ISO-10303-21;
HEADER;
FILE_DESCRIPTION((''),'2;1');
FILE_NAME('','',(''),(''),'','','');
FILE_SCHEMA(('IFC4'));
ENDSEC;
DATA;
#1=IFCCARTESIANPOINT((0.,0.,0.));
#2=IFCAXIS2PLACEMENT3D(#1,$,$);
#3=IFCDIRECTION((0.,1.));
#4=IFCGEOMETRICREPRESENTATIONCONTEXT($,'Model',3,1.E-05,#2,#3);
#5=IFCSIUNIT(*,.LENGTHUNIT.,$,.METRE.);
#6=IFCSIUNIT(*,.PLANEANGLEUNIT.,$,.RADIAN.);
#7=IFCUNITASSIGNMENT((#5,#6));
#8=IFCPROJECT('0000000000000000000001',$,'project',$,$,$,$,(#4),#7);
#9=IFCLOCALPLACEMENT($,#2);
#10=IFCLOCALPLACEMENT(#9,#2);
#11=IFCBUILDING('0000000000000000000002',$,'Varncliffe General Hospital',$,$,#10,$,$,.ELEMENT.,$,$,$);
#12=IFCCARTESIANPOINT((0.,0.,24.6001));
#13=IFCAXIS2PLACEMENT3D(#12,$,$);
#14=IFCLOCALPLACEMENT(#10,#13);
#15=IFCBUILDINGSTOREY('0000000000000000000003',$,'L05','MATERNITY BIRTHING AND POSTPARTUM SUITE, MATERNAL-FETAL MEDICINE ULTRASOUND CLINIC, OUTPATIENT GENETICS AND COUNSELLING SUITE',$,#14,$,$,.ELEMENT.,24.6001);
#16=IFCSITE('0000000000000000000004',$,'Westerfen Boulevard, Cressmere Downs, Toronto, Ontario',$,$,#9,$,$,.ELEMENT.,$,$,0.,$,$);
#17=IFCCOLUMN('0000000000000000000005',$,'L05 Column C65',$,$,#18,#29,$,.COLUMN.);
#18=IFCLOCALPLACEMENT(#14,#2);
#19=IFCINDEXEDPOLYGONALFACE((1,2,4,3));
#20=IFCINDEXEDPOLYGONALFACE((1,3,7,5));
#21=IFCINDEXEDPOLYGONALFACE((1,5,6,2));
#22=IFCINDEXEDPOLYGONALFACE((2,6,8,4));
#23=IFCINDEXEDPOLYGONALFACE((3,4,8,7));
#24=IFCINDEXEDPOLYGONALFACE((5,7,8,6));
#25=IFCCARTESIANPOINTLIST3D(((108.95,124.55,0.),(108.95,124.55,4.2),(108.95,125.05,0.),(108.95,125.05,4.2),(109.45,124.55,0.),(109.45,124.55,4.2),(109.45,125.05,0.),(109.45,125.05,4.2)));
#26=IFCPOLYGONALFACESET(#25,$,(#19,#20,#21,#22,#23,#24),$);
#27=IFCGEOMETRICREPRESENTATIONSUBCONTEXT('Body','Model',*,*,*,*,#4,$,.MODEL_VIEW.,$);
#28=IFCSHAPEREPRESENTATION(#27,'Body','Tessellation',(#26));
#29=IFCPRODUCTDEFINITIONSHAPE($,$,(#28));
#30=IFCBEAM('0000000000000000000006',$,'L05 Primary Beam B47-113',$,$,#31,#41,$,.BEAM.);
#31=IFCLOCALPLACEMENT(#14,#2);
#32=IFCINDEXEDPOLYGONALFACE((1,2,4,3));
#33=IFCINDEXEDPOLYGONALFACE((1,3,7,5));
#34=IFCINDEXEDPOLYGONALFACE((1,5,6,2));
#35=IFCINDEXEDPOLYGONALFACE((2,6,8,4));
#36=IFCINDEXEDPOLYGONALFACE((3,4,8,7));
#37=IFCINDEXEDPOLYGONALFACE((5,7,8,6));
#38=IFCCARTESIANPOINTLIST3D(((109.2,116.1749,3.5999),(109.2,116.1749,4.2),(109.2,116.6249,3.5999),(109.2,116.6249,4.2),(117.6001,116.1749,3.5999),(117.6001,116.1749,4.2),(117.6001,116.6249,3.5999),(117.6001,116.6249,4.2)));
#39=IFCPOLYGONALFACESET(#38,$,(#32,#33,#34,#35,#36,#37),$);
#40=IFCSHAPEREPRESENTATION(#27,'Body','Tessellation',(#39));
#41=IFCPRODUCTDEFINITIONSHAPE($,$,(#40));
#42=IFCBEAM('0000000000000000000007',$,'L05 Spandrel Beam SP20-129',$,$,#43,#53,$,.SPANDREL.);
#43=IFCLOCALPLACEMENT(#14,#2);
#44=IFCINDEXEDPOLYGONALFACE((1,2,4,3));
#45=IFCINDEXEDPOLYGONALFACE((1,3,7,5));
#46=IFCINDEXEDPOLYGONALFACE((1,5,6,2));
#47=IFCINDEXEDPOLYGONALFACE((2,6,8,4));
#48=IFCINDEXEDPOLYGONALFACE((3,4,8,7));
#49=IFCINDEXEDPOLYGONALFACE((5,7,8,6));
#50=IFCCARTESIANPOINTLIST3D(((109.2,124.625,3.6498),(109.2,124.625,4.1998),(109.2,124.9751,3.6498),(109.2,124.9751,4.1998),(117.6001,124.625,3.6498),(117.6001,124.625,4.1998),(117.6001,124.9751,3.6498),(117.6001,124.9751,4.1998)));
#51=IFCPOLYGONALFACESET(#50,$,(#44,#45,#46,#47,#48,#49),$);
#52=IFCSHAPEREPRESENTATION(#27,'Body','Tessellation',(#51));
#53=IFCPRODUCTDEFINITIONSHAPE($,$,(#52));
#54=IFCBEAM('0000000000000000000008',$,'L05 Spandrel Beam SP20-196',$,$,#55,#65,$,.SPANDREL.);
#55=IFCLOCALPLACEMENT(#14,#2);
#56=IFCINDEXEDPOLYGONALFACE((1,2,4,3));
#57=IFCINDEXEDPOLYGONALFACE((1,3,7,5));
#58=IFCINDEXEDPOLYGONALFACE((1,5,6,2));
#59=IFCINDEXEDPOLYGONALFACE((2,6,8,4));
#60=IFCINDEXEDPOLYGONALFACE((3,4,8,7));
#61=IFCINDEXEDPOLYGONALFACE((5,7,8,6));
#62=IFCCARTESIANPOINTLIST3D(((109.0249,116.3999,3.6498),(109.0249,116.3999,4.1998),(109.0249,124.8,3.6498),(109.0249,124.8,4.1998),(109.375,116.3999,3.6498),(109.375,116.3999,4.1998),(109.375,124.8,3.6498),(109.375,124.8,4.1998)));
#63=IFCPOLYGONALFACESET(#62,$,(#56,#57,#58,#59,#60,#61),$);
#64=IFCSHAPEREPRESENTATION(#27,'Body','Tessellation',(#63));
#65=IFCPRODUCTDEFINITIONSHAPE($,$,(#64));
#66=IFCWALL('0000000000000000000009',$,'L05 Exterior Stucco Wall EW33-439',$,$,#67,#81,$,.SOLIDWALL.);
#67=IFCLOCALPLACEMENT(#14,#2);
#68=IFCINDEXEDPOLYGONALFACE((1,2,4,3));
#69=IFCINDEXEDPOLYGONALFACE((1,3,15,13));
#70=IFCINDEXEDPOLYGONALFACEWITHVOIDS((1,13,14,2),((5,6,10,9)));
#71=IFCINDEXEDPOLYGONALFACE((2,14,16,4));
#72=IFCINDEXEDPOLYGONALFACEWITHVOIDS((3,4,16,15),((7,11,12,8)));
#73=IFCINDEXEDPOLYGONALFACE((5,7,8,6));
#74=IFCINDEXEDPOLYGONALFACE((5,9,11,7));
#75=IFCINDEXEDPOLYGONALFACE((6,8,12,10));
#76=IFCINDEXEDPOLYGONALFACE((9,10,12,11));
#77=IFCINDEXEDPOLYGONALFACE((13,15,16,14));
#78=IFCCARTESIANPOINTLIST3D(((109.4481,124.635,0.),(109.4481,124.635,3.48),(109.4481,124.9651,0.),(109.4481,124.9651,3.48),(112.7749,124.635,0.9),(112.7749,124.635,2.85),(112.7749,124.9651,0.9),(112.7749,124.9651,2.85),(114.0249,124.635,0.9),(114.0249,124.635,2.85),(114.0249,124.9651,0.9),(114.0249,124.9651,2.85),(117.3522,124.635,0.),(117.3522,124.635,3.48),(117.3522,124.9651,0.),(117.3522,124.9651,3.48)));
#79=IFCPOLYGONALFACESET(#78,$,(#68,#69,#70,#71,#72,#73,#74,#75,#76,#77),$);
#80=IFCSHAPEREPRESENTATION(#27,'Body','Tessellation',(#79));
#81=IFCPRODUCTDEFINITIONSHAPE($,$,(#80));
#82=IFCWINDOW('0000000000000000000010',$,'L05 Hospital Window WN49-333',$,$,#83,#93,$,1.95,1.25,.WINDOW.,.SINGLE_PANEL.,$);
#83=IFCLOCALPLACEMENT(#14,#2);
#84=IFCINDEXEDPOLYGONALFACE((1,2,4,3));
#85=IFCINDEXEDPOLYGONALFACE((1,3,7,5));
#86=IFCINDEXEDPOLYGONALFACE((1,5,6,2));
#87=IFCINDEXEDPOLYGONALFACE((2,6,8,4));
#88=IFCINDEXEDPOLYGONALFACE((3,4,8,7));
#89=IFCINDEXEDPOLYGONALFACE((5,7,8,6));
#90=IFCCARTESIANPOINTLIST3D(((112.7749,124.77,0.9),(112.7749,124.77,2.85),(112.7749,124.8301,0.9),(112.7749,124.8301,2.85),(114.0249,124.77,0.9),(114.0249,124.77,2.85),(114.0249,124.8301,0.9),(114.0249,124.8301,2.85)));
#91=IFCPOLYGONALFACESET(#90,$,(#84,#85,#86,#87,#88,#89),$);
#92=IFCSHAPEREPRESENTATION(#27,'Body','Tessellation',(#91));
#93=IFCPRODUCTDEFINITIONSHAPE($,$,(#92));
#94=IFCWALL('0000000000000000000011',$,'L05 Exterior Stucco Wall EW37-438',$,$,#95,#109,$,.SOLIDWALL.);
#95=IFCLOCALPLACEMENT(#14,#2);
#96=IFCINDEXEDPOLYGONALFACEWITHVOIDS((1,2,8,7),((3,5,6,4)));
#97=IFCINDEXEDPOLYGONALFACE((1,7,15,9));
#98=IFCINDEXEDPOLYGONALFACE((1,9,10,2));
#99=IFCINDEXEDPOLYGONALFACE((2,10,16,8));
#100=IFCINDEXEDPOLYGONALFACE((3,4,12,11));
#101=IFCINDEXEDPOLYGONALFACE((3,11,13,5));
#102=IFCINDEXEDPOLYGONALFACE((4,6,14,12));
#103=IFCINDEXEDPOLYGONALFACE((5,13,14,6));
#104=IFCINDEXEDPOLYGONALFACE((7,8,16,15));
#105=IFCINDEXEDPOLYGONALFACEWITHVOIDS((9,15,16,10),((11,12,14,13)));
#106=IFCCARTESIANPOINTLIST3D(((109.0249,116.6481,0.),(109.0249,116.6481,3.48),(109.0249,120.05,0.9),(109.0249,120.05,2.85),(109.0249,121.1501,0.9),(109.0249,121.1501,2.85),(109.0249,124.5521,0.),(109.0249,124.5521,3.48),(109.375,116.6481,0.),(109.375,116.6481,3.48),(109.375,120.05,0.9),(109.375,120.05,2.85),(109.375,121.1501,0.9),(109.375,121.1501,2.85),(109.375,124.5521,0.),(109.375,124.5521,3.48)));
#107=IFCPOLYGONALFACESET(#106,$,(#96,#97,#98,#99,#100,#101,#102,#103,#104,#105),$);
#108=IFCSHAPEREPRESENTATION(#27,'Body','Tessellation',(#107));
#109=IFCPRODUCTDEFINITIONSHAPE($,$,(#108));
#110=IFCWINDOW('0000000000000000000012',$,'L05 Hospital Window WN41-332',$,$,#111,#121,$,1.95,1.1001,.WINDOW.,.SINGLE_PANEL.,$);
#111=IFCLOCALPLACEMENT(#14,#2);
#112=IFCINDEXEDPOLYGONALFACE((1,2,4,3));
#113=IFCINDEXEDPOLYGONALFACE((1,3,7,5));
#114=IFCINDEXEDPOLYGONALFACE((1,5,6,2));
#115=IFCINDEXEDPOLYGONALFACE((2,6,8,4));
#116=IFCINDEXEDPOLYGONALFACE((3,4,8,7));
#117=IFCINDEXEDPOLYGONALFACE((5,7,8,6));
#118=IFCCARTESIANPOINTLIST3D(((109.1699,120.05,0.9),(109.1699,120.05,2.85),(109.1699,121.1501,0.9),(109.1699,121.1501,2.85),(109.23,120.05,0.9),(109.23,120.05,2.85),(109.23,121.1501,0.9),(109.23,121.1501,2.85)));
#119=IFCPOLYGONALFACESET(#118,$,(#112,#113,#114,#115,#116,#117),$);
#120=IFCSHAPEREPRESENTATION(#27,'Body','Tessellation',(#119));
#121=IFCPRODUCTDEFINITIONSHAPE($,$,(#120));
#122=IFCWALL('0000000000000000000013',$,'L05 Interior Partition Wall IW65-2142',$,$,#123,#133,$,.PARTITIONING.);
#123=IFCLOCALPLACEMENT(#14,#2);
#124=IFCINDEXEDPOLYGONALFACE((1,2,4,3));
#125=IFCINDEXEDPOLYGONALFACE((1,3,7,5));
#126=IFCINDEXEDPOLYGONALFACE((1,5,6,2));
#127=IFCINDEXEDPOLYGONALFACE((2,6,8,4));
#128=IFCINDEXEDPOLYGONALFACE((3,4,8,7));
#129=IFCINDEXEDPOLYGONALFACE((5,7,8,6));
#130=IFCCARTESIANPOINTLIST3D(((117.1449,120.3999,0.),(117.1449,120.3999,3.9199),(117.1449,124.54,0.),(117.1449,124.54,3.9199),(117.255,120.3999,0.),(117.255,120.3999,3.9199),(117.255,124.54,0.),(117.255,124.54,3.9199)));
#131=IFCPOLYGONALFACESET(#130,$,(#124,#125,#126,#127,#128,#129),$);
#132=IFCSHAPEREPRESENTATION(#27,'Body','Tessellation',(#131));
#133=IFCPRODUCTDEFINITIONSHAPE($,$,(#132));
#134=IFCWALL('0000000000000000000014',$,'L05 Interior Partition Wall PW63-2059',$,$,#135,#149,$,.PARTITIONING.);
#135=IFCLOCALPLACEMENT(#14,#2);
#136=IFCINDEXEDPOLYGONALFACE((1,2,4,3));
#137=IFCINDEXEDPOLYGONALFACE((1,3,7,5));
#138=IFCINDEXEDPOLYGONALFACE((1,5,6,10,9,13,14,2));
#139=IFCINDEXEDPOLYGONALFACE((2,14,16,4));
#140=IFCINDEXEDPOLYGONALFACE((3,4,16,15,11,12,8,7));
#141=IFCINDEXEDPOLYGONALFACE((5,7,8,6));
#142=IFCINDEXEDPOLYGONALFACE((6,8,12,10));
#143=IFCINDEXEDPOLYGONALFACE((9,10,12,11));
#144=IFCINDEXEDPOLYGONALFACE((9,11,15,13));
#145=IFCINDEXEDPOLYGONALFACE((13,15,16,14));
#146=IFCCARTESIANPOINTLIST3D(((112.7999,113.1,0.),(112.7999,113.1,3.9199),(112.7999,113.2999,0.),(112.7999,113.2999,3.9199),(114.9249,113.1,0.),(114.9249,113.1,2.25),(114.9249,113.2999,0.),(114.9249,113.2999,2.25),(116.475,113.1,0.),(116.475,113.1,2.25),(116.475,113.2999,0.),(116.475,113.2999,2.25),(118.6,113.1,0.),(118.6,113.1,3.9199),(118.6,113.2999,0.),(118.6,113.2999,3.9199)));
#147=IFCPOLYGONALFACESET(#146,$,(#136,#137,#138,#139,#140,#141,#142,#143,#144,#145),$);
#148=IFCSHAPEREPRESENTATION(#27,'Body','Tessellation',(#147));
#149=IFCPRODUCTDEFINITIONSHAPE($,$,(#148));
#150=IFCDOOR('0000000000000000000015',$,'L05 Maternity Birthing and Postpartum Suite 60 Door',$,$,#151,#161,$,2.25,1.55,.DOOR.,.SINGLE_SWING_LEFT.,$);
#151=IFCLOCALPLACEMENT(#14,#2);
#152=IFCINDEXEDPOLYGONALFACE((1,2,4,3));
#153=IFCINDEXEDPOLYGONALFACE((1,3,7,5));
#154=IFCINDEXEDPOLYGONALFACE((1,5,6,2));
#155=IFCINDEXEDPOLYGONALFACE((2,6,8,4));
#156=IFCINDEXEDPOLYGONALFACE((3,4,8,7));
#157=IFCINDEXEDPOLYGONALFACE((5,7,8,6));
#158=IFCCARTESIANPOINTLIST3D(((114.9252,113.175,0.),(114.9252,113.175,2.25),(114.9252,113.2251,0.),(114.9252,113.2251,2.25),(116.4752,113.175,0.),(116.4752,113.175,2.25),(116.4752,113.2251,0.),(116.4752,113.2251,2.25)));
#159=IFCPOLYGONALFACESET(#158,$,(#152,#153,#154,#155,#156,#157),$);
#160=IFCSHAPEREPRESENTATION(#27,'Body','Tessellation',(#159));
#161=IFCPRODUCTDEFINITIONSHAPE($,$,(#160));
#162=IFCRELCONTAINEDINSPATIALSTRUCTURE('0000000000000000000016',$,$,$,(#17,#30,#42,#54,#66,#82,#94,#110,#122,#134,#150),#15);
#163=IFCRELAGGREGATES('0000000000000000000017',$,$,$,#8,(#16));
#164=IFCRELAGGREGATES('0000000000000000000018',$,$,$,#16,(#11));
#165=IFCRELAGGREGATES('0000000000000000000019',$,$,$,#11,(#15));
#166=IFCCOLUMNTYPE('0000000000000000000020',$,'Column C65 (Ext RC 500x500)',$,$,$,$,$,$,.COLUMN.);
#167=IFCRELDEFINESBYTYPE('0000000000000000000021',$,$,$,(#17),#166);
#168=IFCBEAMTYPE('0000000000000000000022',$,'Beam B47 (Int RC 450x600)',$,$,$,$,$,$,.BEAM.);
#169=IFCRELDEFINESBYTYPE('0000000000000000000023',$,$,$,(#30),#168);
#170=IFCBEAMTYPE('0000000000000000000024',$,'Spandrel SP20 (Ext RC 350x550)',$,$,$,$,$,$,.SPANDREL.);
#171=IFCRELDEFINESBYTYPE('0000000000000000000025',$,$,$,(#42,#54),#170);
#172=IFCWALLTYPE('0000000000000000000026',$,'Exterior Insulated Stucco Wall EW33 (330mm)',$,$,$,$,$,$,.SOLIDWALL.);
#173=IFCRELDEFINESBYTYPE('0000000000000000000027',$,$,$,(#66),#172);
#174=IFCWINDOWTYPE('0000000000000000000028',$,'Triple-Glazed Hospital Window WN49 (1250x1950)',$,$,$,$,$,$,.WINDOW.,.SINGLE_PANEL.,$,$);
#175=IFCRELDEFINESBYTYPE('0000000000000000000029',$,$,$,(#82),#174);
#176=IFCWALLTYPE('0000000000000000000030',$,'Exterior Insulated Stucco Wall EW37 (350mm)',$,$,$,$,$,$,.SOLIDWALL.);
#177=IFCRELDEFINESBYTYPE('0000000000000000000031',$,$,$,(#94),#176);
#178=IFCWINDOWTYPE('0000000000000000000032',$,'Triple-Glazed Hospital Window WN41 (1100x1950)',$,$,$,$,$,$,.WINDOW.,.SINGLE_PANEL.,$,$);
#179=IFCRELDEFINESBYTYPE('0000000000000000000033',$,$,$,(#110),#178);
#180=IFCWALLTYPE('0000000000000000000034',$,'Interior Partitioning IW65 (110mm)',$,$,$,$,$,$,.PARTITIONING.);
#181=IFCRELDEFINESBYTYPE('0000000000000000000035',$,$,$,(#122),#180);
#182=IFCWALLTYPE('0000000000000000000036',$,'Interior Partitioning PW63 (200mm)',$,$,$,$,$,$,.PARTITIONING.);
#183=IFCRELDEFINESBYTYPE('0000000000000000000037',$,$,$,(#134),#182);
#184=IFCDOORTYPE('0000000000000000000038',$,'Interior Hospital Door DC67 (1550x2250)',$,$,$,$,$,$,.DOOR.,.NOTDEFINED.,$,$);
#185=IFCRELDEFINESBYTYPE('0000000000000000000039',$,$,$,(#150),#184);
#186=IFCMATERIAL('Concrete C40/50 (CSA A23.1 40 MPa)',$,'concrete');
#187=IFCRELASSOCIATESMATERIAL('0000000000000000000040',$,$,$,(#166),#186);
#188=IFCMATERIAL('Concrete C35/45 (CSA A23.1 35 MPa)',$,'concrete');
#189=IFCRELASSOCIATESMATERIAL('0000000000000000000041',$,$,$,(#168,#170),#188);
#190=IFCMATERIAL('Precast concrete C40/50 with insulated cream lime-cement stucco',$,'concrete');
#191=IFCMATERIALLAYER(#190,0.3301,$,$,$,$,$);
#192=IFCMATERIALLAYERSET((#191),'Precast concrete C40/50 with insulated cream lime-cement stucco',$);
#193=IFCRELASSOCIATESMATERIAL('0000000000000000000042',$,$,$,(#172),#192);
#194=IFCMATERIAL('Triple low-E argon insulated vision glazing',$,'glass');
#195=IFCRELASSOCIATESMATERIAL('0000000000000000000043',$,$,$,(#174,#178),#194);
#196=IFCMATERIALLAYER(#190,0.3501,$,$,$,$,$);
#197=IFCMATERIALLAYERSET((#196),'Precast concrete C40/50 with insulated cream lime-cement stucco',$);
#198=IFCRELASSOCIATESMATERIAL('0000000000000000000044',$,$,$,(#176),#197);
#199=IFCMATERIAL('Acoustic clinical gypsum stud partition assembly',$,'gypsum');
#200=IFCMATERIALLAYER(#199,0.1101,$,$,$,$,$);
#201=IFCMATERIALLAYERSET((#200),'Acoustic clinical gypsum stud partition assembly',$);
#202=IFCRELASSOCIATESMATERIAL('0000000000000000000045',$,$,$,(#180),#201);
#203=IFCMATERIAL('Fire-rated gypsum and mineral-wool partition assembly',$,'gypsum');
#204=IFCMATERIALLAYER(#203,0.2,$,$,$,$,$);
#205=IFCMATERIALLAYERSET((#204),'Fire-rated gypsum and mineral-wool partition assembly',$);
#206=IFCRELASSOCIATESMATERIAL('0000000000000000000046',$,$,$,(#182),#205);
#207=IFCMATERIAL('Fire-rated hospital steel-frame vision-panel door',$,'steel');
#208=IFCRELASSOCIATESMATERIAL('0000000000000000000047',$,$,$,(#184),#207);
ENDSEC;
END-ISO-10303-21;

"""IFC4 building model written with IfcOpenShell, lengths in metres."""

from ifc_helpers import new_model, si_unit, direction, frame, frame_2d, origin, origin_2d, place, context, subcontext, project, spatial, rectangle, extrude, material, layer, layer_set, material_profile, profile_set, type_object, element, fill, save


model = new_model("IFC4")

# Units and contexts
model_context = context("Model", 3, precision=1e-05, world=origin(), true_north=direction((0.0, 1.0)))
body_context = subcontext(model_context, "Body", "Model", "MODEL_VIEW")
ifc_project = project(units=[si_unit("LENGTHUNIT", "METRE"), si_unit("PLANEANGLEUNIT", "RADIAN")], contexts=[model_context])

# Site, building, storey
site_placement = place(None, origin())
site = spatial("IfcSite", under=ifc_project, at=site_placement, Name="Westerfen Boulevard, Cressmere Downs, Toronto, Ontario", CompositionType="ELEMENT", RefElevation=0.0)
building_placement = place(site_placement, origin())
building = spatial("IfcBuilding", under=site, at=building_placement, Name="Varncliffe General Hospital", CompositionType="ELEMENT")
storey_placement = place(building_placement, frame((0.0, 0.0, 24.6001)))
storey = spatial("IfcBuildingStorey", under=building, at=storey_placement, Name="L05", Description="MATERNITY BIRTHING AND POSTPARTUM SUITE, MATERNAL-FETAL MEDICINE ULTRASOUND CLINIC, OUTPATIENT GENETICS AND COUNSELLING SUITE", CompositionType="ELEMENT", Elevation=24.6001)

# Column
ifc_material_1 = material(Name="Concrete C40/50 (CSA A23.1 40 MPa)", Category="concrete")
ifc_material_profile_1 = material_profile(ifc_material_1, rectangle(XDim=0.5, YDim=0.5, at=origin_2d()), Name="RC 500x500")
ifc_profile_set_1 = profile_set([ifc_material_profile_1], Name="Concrete C40/50 (CSA A23.1 40 MPa)")
column_type = type_object("IfcColumnType", Name="Column C65 (Ext RC 500x500)", PredefinedType="COLUMN", material=ifc_profile_set_1)
column_placement = place(storey_placement, frame((109.2, 124.8, 0.0), z_axis=(0.0, 0.0, 1.0), x_axis=(1.0, 0.0, 0.0)))
element("IfcColumn", 1, at=column_placement, inside=storey, type_object=column_type, Name="L05 Column C65", PredefinedType="COLUMN", context=body_context, shape_type="SweptSolid", body=[
    extrude(rectangle(XDim=0.5, YDim=0.5, at=origin_2d()), origin(), (0.0, 0.0, 1.0), 4.2),
])

# Beams
ifc_material_2 = material(Name="Concrete C35/45 (CSA A23.1 35 MPa)", Category="concrete")
ifc_material_profile_2 = material_profile(ifc_material_2, rectangle(XDim=0.45, YDim=0.6001, at=origin_2d()), Name="RC 450x600")
ifc_profile_set_2 = profile_set([ifc_material_profile_2], Name="Concrete C35/45 (CSA A23.1 35 MPa)")
beam_type_1 = type_object("IfcBeamType", Name="Beam B47 (Int RC 450x600)", PredefinedType="BEAM", material=ifc_profile_set_2)
beam_placement = place(storey_placement, frame((109.2, 116.3999, 3.8999), z_axis=(1.0, 0.0, 0.0), x_axis=(0.0, 1.0, 0.0)))
element("IfcBeam", 2, at=beam_placement, inside=storey, type_object=beam_type_1, Name="L05 Primary Beam B47-113", PredefinedType="BEAM", context=body_context, shape_type="SweptSolid", body=[
    extrude(rectangle(XDim=0.45, YDim=0.6001, at=origin_2d()), origin(), (0.0, 0.0, 1.0), 8.4001),
])
ifc_material_profile_3 = material_profile(ifc_material_2, rectangle(XDim=0.3501, YDim=0.55, at=origin_2d()), Name="RC 350x550")
ifc_profile_set_3 = profile_set([ifc_material_profile_3], Name="Concrete C35/45 (CSA A23.1 35 MPa)")
beam_type_2 = type_object("IfcBeamType", Name="Spandrel SP20 (Ext RC 350x550)", PredefinedType="SPANDREL", material=ifc_profile_set_3)
for number, where, z_axis, x_axis, name in (
    (3, (109.2, 124.8, 3.9248), (1.0, 0.0, 0.0), (0.0, 1.0, 0.0), "L05 Spandrel Beam SP20-129"),
    (4, (109.2, 116.3999, 3.9248), (0.0, 1.0, 0.0), (-1.0, 0.0, 0.0), "L05 Spandrel Beam SP20-196"),
):
    element("IfcBeam", number, at=place(storey_placement, frame(where, z_axis=z_axis, x_axis=x_axis)), inside=storey, type_object=beam_type_2, Name=name, PredefinedType="SPANDREL", context=body_context, shape_type="SweptSolid", body=[
        extrude(rectangle(XDim=0.3501, YDim=0.55, at=origin_2d()), origin(), (0.0, 0.0, 1.0), 8.4001),
    ])

# Walls, openings, windows
ifc_material_3 = material(Name="Precast concrete C40/50 with insulated cream lime-cement stucco", Category="concrete")
ifc_layer_1 = layer(ifc_material_3, 0.3301)
ifc_layer_set_1 = layer_set([ifc_layer_1], Name="Precast concrete C40/50 with insulated cream lime-cement stucco")
wall_type_1 = type_object("IfcWallType", Name="Exterior Insulated Stucco Wall EW33 (330mm)", PredefinedType="SOLIDWALL", material=ifc_layer_set_1)
wall_1_placement = place(storey_placement, frame((109.448, 124.8, 0.0), z_axis=(0.0, 0.0, 1.0), x_axis=(1.0, 0.0, 0.0)))
wall_1 = element("IfcWall", 5, at=wall_1_placement, inside=storey, type_object=wall_type_1, Name="L05 Exterior Stucco Wall EW33-439", PredefinedType="SOLIDWALL", context=body_context, shape_type="SweptSolid", body=[
    extrude(rectangle(XDim=7.9041, YDim=0.3301, at=frame_2d((3.9521, 0.0))), origin(), (0.0, 0.0, 1.0), 3.48),
])
opening_1_placement = place(wall_1_placement, frame((3.3269, 0.0, 0.8999)))
opening_1 = element("IfcOpeningElement", 6, at=opening_1_placement, cuts=wall_1, PredefinedType="OPENING", context=body_context, shape_type="SweptSolid", body=[
    extrude(rectangle(XDim=1.25, YDim=1.95, at=frame_2d((0.625, 0.9751))), frame((0.0, 0.175, 0.0), z_axis=(0.0, -1.0, 0.0), x_axis=(1.0, 0.0, 0.0)), (0.0, 0.0, 1.0), 0.3501),
])
ifc_material_4 = material(Name="Triple low-E argon insulated vision glazing", Category="glass")
window_type_1 = type_object("IfcWindowType", Name="Triple-Glazed Hospital Window WN49 (1250x1950)", PartitioningType="SINGLE_PANEL", PredefinedType="WINDOW", material=ifc_material_4)
window_1_placement = place(opening_1_placement, origin())
window_1 = element("IfcWindow", 7, at=window_1_placement, inside=storey, type_object=window_type_1, Name="L05 Hospital Window WN49-333", OverallHeight=1.95, OverallWidth=1.25, PartitioningType="SINGLE_PANEL", PredefinedType="WINDOW", context=body_context, shape_type="SweptSolid", body=[
    extrude(rectangle(XDim=1.25, YDim=1.95, at=frame_2d((0.625, 0.9751))), frame((0.0, 0.03, 0.0), z_axis=(0.0, -1.0, 0.0), x_axis=(1.0, 0.0, 0.0)), (0.0, 0.0, 1.0), 0.0601),
])
fill(opening_1, window_1)
ifc_layer_2 = layer(ifc_material_3, 0.3501)
ifc_layer_set_2 = layer_set([ifc_layer_2], Name="Precast concrete C40/50 with insulated cream lime-cement stucco")
wall_type_2 = type_object("IfcWallType", Name="Exterior Insulated Stucco Wall EW37 (350mm)", PredefinedType="SOLIDWALL", material=ifc_layer_set_2)
wall_2_placement = place(storey_placement, frame((109.2, 116.6479, 0.0), z_axis=(0.0, 0.0, 1.0), x_axis=(0.0, 1.0, 0.0)))
wall_2 = element("IfcWall", 8, at=wall_2_placement, inside=storey, type_object=wall_type_2, Name="L05 Exterior Stucco Wall EW37-438", PredefinedType="SOLIDWALL", context=body_context, shape_type="SweptSolid", body=[
    extrude(rectangle(XDim=7.9041, YDim=0.3501, at=frame_2d((3.9521, 0.0))), origin(), (0.0, 0.0, 1.0), 3.48),
])
opening_2_placement = place(wall_2_placement, frame((3.4021, 0.0, 0.8999)))
opening_2 = element("IfcOpeningElement", 9, at=opening_2_placement, cuts=wall_2, PredefinedType="OPENING", context=body_context, shape_type="SweptSolid", body=[
    extrude(rectangle(XDim=1.1001, YDim=1.95, at=frame_2d((0.55, 0.9751))), frame((0.0, 0.1851, 0.0), z_axis=(0.0, -1.0, 0.0), x_axis=(1.0, 0.0, 0.0)), (0.0, 0.0, 1.0), 0.3701),
])
window_type_2 = type_object("IfcWindowType", Name="Triple-Glazed Hospital Window WN41 (1100x1950)", PartitioningType="SINGLE_PANEL", PredefinedType="WINDOW", material=ifc_material_4)
window_2_placement = place(opening_2_placement, origin())
window_2 = element("IfcWindow", 10, at=window_2_placement, inside=storey, type_object=window_type_2, Name="L05 Hospital Window WN41-332", OverallHeight=1.95, OverallWidth=1.1001, PartitioningType="SINGLE_PANEL", PredefinedType="WINDOW", context=body_context, shape_type="SweptSolid", body=[
    extrude(rectangle(XDim=1.1001, YDim=1.95, at=frame_2d((0.55, 0.9751))), frame((0.0, 0.03, 0.0), z_axis=(0.0, -1.0, 0.0), x_axis=(1.0, 0.0, 0.0)), (0.0, 0.0, 1.0), 0.0601),
])
fill(opening_2, window_2)

# Wall
ifc_material_5 = material(Name="Acoustic clinical gypsum stud partition assembly", Category="gypsum")
ifc_layer_3 = layer(ifc_material_5, 0.1101)
ifc_layer_set_3 = layer_set([ifc_layer_3], Name="Acoustic clinical gypsum stud partition assembly")
wall_type_3 = type_object("IfcWallType", Name="Interior Partitioning IW65 (110mm)", PredefinedType="PARTITIONING", material=ifc_layer_set_3)
wall_3_placement = place(storey_placement, frame((117.2, 120.3999, 0.0), z_axis=(0.0, 0.0, 1.0), x_axis=(0.0, 1.0, 0.0)))
element("IfcWall", 11, at=wall_3_placement, inside=storey, type_object=wall_type_3, Name="L05 Interior Partition Wall IW65-2142", PredefinedType="PARTITIONING", context=body_context, shape_type="SweptSolid", body=[
    extrude(rectangle(XDim=4.1401, YDim=0.1101, at=frame_2d((2.0701, 0.0))), origin(), (0.0, 0.0, 1.0), 3.9199),
])

# Wall, opening, door
ifc_material_6 = material(Name="Fire-rated gypsum and mineral-wool partition assembly", Category="gypsum")
ifc_layer_4 = layer(ifc_material_6, 0.2)
ifc_layer_set_4 = layer_set([ifc_layer_4], Name="Fire-rated gypsum and mineral-wool partition assembly")
wall_type_4 = type_object("IfcWallType", Name="Interior Partitioning PW63 (200mm)", PredefinedType="PARTITIONING", material=ifc_layer_set_4)
wall_4_placement = place(storey_placement, frame((112.8, 113.2, 0.0), z_axis=(0.0, 0.0, 1.0), x_axis=(1.0, 0.0, 0.0)))
wall_4 = element("IfcWall", 12, at=wall_4_placement, inside=storey, type_object=wall_type_4, Name="L05 Interior Partition Wall PW63-2059", PredefinedType="PARTITIONING", context=body_context, shape_type="SweptSolid", body=[
    extrude(rectangle(XDim=5.8, YDim=0.2, at=frame_2d((2.8999, 0.0))), origin(), (0.0, 0.0, 1.0), 3.9199),
])
opening_3_placement = place(wall_4_placement, frame((2.125, 0.0, 0.0)))
opening_3 = element("IfcOpeningElement", 13, at=opening_3_placement, cuts=wall_4, PredefinedType="OPENING", context=body_context, shape_type="SweptSolid", body=[
    extrude(rectangle(XDim=1.55, YDim=2.25, at=frame_2d((0.7749, 1.125))), frame((0.0, 0.1099, 0.0), z_axis=(0.0, -1.0, 0.0), x_axis=(1.0, 0.0, 0.0)), (0.0, 0.0, 1.0), 0.22),
])
ifc_material_7 = material(Name="Fire-rated hospital steel-frame vision-panel door", Category="steel")
door_type_1 = type_object("IfcDoorType", Name="Interior Hospital Door DC67 (1550x2250)", OperationType="NOTDEFINED", PredefinedType="DOOR", material=ifc_material_7)
door_1_placement = place(opening_3_placement, frame((1.55, 0.0, 0.0), z_axis=(0.0, 0.0, 1.0), x_axis=(-1.0, 0.0, 0.0)))
door_1 = element("IfcDoor", 14, at=door_1_placement, inside=storey, type_object=door_type_1, Name="L05 Maternity Birthing and Postpartum Suite 60 Door", OperationType="SINGLE_SWING_LEFT", OverallHeight=2.25, OverallWidth=1.55, PredefinedType="DOOR", context=body_context, shape_type="SweptSolid", body=[
    extrude(rectangle(XDim=1.55, YDim=2.25, at=frame_2d((0.7749, 1.125))), frame((0.0, 0.0249, 0.0), z_axis=(0.0, -1.0, 0.0), x_axis=(1.0, 0.0, 0.0)), (0.0, 0.0, 1.0), 0.05),
])
fill(opening_3, door_1)

save(model, "model.ifc")
